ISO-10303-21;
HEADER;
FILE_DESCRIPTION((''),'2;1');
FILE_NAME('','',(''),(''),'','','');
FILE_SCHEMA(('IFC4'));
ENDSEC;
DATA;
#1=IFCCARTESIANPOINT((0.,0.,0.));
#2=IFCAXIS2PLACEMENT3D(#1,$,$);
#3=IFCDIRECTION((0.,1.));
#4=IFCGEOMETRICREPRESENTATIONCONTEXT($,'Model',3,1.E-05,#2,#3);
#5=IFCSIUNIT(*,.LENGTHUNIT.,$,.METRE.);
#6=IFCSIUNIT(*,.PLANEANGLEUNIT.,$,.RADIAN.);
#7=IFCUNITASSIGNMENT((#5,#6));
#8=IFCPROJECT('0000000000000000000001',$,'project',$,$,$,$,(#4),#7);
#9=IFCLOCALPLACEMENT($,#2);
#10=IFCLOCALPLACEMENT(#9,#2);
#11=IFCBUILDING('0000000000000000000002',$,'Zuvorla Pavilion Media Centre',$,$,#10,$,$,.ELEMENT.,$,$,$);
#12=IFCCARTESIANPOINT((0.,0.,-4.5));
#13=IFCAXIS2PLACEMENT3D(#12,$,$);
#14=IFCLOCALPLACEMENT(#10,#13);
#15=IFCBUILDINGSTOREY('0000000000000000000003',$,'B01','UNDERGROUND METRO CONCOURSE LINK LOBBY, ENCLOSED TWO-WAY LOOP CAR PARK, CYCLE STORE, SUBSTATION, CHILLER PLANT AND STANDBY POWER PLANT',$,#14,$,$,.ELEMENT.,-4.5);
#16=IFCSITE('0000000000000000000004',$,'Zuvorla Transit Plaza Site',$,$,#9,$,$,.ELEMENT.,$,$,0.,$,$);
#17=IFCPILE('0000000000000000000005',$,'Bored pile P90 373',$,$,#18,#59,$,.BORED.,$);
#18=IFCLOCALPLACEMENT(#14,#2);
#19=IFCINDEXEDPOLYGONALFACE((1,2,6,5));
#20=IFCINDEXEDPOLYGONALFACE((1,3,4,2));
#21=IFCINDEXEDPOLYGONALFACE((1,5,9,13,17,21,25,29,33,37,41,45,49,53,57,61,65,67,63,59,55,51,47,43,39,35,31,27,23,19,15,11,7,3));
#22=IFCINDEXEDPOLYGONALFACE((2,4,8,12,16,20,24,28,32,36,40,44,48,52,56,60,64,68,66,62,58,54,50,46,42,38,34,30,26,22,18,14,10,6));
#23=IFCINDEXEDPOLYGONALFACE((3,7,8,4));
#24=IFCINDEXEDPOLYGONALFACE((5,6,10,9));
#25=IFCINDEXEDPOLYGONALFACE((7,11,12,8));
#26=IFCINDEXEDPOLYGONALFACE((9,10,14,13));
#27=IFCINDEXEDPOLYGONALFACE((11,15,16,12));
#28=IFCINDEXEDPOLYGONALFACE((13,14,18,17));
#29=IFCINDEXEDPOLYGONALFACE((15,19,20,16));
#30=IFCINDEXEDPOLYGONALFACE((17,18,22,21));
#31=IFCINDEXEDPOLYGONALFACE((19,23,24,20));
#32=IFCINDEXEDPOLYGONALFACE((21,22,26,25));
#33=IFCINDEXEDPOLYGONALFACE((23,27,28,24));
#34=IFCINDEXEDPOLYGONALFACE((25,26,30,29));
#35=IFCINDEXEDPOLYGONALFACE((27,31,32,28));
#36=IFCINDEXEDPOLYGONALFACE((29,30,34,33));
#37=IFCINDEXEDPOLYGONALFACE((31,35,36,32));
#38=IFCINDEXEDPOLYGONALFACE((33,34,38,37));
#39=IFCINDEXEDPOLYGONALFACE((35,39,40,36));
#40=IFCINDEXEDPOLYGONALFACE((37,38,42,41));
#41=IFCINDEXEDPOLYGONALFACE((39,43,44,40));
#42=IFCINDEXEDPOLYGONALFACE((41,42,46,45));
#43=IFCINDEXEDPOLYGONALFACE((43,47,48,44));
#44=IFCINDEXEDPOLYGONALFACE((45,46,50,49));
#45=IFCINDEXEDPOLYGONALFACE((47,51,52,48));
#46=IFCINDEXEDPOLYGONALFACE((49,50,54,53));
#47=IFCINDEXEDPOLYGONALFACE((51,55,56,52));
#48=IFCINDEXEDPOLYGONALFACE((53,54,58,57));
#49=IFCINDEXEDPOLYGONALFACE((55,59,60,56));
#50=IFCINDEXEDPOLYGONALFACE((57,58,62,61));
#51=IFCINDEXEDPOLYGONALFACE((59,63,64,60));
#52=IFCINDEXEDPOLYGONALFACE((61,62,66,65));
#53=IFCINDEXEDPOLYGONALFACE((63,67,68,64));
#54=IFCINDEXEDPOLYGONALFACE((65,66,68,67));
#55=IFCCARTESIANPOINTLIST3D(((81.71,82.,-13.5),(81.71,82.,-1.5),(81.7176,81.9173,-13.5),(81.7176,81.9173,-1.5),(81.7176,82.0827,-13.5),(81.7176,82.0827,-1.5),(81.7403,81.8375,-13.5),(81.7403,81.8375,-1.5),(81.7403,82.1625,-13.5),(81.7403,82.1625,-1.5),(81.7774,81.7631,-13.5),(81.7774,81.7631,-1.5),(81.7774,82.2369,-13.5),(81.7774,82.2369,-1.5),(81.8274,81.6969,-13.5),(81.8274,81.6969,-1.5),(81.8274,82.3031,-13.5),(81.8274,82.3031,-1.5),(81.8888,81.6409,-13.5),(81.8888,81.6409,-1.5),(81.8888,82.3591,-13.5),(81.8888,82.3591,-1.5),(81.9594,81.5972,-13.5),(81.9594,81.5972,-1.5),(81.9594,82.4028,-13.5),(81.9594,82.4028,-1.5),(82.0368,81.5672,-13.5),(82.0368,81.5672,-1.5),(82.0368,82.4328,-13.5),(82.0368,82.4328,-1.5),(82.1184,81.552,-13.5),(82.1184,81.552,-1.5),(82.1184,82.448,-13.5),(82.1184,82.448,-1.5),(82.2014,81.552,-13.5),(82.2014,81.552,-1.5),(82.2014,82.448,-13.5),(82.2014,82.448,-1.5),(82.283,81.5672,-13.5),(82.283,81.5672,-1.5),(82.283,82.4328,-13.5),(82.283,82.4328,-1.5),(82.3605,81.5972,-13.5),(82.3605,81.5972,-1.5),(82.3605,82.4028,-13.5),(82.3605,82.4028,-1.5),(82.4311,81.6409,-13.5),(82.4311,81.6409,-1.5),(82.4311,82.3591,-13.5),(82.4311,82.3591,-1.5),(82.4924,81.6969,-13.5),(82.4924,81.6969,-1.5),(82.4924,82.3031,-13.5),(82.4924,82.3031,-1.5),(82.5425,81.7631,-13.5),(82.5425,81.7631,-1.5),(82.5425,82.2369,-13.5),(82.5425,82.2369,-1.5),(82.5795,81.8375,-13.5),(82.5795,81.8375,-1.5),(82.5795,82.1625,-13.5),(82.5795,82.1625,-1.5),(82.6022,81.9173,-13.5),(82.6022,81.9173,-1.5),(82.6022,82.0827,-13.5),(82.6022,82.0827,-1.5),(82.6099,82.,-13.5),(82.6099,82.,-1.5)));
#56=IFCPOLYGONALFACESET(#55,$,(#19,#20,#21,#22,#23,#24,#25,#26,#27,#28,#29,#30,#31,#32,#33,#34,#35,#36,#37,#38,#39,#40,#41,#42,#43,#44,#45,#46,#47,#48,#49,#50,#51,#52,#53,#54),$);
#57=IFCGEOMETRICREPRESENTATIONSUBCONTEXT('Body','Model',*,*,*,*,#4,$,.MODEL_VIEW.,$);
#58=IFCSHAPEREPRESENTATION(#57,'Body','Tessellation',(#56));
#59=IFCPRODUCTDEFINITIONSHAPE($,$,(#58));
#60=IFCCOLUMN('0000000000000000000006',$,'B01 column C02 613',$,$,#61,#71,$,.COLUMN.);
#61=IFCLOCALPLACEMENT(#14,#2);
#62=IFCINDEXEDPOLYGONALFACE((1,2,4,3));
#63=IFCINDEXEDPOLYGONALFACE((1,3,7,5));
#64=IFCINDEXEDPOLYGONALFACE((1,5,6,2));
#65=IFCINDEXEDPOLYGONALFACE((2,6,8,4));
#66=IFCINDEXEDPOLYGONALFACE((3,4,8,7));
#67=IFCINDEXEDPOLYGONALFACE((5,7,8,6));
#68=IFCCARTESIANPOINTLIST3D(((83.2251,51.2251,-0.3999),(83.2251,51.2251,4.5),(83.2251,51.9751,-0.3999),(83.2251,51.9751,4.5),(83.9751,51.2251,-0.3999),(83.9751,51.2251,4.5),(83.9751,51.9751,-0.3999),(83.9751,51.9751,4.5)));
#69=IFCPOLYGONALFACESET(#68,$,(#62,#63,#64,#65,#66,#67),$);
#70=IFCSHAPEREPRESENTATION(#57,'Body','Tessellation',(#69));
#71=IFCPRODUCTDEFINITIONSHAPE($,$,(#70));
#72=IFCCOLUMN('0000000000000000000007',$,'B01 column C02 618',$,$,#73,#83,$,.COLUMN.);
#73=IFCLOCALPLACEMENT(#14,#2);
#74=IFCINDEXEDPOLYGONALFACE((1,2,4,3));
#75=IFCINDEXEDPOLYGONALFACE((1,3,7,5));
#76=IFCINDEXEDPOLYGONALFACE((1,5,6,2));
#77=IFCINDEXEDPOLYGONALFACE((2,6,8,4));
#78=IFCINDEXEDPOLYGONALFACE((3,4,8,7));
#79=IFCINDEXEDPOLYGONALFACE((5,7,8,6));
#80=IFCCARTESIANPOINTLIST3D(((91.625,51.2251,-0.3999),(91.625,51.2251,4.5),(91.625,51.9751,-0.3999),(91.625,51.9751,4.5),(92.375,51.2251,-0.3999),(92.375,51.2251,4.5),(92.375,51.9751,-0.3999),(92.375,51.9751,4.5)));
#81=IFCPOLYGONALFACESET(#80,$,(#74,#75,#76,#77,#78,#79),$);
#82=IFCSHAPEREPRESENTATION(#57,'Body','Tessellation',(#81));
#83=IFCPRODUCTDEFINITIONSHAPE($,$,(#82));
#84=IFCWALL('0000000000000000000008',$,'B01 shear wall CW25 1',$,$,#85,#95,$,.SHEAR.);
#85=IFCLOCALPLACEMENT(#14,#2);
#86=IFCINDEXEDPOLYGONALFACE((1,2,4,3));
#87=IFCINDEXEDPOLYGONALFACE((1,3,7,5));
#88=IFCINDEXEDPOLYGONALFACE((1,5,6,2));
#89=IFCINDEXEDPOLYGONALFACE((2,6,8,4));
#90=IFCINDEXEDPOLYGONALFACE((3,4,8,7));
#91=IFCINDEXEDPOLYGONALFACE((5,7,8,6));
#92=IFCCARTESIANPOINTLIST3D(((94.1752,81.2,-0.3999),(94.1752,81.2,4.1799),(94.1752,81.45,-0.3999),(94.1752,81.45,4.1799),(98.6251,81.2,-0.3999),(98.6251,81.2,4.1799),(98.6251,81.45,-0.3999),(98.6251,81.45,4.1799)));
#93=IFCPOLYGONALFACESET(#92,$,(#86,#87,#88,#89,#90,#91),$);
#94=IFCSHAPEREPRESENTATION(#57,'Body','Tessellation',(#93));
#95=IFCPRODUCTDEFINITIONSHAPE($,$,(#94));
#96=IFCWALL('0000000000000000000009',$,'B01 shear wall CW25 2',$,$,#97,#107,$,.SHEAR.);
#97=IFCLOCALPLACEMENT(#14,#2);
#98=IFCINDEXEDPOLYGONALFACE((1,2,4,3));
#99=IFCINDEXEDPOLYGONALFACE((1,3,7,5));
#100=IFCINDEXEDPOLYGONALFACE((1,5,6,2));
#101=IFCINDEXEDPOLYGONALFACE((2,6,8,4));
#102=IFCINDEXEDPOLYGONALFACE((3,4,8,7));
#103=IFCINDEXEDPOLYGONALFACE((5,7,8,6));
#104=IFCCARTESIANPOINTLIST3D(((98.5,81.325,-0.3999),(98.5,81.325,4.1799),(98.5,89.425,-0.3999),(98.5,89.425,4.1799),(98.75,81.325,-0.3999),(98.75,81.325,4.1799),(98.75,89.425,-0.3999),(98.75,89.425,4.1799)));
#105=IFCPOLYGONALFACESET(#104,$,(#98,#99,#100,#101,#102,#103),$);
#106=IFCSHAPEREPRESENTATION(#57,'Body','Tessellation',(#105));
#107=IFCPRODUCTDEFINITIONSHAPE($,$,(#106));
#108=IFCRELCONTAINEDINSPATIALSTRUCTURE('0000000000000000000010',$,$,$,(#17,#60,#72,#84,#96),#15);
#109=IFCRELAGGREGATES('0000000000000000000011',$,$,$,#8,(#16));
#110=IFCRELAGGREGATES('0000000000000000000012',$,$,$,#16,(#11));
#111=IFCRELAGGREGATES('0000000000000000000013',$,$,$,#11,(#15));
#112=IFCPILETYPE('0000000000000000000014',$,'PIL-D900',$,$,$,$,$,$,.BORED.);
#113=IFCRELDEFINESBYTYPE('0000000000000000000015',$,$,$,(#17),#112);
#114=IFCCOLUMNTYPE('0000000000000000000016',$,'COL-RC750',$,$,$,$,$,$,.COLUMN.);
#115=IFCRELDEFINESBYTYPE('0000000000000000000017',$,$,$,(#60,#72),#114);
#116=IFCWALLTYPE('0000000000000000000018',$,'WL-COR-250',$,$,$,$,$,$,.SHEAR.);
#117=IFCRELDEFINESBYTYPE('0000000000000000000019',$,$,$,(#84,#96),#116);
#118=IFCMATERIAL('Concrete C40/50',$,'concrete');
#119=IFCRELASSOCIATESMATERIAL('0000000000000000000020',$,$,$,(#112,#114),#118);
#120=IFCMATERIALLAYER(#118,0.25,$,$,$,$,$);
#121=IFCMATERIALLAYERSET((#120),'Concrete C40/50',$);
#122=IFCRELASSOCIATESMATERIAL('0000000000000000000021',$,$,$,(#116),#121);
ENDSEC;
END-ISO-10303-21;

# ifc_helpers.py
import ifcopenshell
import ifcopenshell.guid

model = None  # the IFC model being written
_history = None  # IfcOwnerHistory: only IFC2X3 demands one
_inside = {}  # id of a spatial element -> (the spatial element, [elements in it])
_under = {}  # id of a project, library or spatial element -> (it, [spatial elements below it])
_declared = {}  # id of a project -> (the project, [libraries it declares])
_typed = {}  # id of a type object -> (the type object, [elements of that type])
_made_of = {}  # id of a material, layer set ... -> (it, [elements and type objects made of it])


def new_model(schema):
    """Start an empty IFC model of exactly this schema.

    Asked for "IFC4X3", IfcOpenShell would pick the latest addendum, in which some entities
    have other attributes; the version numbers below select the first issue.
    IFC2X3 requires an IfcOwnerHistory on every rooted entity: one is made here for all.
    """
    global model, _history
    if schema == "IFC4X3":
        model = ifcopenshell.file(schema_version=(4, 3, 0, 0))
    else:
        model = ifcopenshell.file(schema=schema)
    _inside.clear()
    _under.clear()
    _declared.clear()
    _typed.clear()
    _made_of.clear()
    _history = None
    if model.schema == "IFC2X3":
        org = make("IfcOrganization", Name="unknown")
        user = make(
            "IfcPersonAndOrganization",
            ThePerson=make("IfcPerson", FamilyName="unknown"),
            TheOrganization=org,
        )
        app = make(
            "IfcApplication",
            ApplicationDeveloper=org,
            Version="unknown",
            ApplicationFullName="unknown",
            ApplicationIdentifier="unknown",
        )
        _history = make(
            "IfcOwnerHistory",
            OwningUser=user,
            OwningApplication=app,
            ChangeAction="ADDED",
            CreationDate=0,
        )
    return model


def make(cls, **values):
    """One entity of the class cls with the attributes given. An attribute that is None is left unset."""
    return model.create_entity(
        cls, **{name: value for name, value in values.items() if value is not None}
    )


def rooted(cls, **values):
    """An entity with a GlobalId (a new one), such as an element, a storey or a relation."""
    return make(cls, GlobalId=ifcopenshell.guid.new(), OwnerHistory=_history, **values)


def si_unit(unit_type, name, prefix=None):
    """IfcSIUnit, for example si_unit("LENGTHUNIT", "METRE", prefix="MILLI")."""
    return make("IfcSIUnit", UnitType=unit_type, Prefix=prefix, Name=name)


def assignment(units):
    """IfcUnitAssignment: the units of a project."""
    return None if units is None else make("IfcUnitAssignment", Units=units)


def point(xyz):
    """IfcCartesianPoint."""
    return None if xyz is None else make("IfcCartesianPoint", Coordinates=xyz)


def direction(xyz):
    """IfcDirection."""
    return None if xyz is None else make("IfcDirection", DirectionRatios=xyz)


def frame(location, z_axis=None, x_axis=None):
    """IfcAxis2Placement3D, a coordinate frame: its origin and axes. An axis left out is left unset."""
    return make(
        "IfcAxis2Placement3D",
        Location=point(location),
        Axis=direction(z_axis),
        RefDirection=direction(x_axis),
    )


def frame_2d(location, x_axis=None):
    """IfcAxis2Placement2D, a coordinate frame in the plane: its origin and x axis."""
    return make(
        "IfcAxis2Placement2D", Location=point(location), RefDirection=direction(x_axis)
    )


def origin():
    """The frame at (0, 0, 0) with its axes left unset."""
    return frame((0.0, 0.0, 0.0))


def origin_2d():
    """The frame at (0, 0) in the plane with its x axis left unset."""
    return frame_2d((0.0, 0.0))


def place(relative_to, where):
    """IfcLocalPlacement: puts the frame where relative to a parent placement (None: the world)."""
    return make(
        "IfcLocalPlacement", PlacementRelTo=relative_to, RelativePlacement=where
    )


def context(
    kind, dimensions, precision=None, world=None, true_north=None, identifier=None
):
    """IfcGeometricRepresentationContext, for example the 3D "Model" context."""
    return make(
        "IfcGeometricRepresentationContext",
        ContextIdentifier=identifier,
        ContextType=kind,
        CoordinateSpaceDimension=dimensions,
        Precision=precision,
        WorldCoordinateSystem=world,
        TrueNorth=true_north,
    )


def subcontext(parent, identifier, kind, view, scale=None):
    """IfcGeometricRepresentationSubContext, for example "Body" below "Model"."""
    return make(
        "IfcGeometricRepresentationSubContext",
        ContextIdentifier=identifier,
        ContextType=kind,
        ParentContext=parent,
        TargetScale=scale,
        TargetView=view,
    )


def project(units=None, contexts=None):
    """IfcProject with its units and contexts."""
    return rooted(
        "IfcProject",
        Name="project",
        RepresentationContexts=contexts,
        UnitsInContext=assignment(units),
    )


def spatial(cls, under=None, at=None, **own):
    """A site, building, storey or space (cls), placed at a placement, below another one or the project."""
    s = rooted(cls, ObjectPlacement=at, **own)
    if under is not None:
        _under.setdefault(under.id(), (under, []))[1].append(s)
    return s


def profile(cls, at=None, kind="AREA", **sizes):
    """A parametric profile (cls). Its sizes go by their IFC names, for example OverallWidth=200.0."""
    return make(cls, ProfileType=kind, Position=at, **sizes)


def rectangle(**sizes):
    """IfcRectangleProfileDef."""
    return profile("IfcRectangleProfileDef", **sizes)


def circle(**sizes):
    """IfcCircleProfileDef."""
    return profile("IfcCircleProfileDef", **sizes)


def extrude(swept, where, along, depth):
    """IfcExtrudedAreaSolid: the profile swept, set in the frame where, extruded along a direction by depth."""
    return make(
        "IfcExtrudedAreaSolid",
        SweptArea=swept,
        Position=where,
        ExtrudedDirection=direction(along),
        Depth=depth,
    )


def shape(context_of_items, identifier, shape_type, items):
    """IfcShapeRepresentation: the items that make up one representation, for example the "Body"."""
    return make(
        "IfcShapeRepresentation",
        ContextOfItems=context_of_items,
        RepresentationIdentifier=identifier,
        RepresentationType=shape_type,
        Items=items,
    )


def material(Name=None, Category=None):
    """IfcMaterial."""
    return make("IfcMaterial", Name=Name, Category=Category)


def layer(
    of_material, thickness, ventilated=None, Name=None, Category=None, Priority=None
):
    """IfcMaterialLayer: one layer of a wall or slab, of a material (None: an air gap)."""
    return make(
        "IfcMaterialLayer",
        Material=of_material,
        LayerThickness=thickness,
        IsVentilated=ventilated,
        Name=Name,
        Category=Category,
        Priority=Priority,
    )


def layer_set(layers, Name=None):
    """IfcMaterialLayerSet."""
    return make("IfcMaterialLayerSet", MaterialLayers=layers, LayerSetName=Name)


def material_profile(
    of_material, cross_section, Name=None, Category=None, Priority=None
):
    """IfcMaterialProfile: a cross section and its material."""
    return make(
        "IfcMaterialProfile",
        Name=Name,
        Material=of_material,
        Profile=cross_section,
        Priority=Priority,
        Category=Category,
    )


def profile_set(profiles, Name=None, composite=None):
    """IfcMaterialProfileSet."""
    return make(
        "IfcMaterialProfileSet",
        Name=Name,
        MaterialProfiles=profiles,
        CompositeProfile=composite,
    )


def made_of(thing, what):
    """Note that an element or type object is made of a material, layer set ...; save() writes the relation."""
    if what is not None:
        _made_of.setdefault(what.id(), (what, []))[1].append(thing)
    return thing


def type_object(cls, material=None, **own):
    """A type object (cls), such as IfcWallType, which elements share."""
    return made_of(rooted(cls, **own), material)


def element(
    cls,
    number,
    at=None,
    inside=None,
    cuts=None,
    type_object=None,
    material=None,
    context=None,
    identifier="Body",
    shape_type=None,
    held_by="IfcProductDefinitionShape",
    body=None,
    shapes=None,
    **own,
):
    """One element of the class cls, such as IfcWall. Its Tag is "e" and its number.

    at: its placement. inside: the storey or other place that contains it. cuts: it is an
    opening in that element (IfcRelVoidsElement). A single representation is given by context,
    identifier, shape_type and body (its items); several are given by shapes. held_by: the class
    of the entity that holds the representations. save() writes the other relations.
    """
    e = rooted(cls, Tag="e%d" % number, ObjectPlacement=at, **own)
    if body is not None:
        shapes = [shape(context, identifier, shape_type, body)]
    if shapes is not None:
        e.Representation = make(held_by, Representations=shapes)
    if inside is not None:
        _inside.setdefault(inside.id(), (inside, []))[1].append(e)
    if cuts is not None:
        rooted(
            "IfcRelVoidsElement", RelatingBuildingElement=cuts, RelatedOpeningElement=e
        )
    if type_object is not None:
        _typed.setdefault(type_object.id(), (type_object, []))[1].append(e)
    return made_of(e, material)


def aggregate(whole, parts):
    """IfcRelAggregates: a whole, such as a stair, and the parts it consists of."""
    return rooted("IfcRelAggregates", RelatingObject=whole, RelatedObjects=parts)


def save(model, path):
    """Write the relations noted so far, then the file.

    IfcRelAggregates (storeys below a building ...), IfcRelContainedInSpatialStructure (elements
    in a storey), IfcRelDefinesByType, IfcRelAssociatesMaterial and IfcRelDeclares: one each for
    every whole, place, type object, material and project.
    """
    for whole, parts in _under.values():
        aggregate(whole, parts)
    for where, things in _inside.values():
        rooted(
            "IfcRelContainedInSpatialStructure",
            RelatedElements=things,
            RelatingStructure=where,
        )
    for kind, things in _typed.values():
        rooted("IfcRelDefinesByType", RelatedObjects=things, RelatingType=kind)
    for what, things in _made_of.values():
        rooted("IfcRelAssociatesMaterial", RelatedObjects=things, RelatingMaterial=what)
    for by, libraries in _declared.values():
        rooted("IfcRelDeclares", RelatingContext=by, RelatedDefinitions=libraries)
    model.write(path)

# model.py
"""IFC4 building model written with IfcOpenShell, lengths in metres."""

from ifc_helpers import new_model, si_unit, direction, frame, frame_2d, origin, origin_2d, place, context, subcontext, project, spatial, rectangle, circle, extrude, material, layer, layer_set, material_profile, profile_set, type_object, element, save


model = new_model("IFC4")

# Units and contexts
model_context = context("Model", 3, precision=1e-05, world=origin(), true_north=direction((0.0, 1.0)))
body_context = subcontext(model_context, "Body", "Model", "MODEL_VIEW")
ifc_project = project(units=[si_unit("LENGTHUNIT", "METRE"), si_unit("PLANEANGLEUNIT", "RADIAN")], contexts=[model_context])

# Site, building, storey
site_placement = place(None, origin())
site = spatial("IfcSite", under=ifc_project, at=site_placement, Name="Zuvorla Transit Plaza Site", CompositionType="ELEMENT", RefElevation=0.0)
building_placement = place(site_placement, origin())
building = spatial("IfcBuilding", under=site, at=building_placement, Name="Zuvorla Pavilion Media Centre", CompositionType="ELEMENT")
storey_placement = place(building_placement, frame((0.0, 0.0, -4.5)))
storey = spatial("IfcBuildingStorey", under=building, at=storey_placement, Name="B01", Description="UNDERGROUND METRO CONCOURSE LINK LOBBY, ENCLOSED TWO-WAY LOOP CAR PARK, CYCLE STORE, SUBSTATION, CHILLER PLANT AND STANDBY POWER PLANT", CompositionType="ELEMENT", Elevation=-4.5)

# Shared definitions
ifc_material = material(Name="Concrete C40/50", Category="concrete")

# Pile
ifc_material_profile_1 = material_profile(ifc_material, circle(Radius=0.45, at=origin_2d()), Name="BORED PILE 900")
ifc_profile_set_1 = profile_set([ifc_material_profile_1], Name="Concrete C40/50")
pile_type = type_object("IfcPileType", Name="PIL-D900", PredefinedType="BORED", material=ifc_profile_set_1)
for number, where, z_axis, x_axis, name in (
    (1, (82.1599, 82.0, -1.5), (0.0, 0.0, -1.0), (1.0, 0.0, 0.0), "Bored pile P90 373"),
):
    element("IfcPile", number, at=place(storey_placement, frame(where, z_axis=z_axis, x_axis=x_axis)), inside=storey, type_object=pile_type, Name=name, PredefinedType="BORED", context=body_context, shape_type="SweptSolid", body=[
        extrude(circle(Radius=0.45, at=origin_2d()), origin(), (0.0, 0.0, 1.0), 12.0),
    ])

# Columns
ifc_material_profile_2 = material_profile(ifc_material, rectangle(XDim=0.75, YDim=0.75, at=origin_2d()), Name="RC 750x750")
ifc_profile_set_2 = profile_set([ifc_material_profile_2], Name="Concrete C40/50")
column_type = type_object("IfcColumnType", Name="COL-RC750", PredefinedType="COLUMN", material=ifc_profile_set_2)
for number, where, z_axis, x_axis, name in (
    (2, (83.6001, 51.6001, -0.3999), (0.0, 0.0, 1.0), (1.0, 0.0, 0.0), "B01 column C02 613"),
    (3, (92.0, 51.6001, -0.3999), (0.0, 0.0, 1.0), (1.0, 0.0, 0.0), "B01 column C02 618"),
):
    element("IfcColumn", number, at=place(storey_placement, frame(where, z_axis=z_axis, x_axis=x_axis)), inside=storey, type_object=column_type, Name=name, PredefinedType="COLUMN", context=body_context, shape_type="SweptSolid", body=[
        extrude(rectangle(XDim=0.75, YDim=0.75, at=origin_2d()), origin(), (0.0, 0.0, 1.0), 4.8999),
    ])

# Walls
ifc_layer = layer(ifc_material, 0.25)
ifc_layer_set = layer_set([ifc_layer], Name="Concrete C40/50")
wall_type = type_object("IfcWallType", Name="WL-COR-250", PredefinedType="SHEAR", material=ifc_layer_set)
wall_1_placement = place(storey_placement, frame((94.175, 81.325, -0.3999), z_axis=(0.0, 0.0, 1.0), x_axis=(1.0, 0.0, 0.0)))
element("IfcWall", 4, at=wall_1_placement, inside=storey, type_object=wall_type, Name="B01 shear wall CW25 1", PredefinedType="SHEAR", context=body_context, shape_type="SweptSolid", body=[
    extrude(rectangle(XDim=4.45, YDim=0.25, at=frame_2d((2.2251, 0.0))), origin(), (0.0, 0.0, 1.0), 4.5798),
])
wall_2_placement = place(storey_placement, frame((98.625, 81.325, -0.3999), z_axis=(0.0, 0.0, 1.0), x_axis=(0.0, 1.0, 0.0)))
element("IfcWall", 5, at=wall_2_placement, inside=storey, type_object=wall_type, Name="B01 shear wall CW25 2", PredefinedType="SHEAR", context=body_context, shape_type="SweptSolid", body=[
    extrude(rectangle(XDim=8.1001, YDim=0.25, at=frame_2d((4.05, 0.0))), origin(), (0.0, 0.0, 1.0), 4.5798),
])

save(model, "model.ifc")
